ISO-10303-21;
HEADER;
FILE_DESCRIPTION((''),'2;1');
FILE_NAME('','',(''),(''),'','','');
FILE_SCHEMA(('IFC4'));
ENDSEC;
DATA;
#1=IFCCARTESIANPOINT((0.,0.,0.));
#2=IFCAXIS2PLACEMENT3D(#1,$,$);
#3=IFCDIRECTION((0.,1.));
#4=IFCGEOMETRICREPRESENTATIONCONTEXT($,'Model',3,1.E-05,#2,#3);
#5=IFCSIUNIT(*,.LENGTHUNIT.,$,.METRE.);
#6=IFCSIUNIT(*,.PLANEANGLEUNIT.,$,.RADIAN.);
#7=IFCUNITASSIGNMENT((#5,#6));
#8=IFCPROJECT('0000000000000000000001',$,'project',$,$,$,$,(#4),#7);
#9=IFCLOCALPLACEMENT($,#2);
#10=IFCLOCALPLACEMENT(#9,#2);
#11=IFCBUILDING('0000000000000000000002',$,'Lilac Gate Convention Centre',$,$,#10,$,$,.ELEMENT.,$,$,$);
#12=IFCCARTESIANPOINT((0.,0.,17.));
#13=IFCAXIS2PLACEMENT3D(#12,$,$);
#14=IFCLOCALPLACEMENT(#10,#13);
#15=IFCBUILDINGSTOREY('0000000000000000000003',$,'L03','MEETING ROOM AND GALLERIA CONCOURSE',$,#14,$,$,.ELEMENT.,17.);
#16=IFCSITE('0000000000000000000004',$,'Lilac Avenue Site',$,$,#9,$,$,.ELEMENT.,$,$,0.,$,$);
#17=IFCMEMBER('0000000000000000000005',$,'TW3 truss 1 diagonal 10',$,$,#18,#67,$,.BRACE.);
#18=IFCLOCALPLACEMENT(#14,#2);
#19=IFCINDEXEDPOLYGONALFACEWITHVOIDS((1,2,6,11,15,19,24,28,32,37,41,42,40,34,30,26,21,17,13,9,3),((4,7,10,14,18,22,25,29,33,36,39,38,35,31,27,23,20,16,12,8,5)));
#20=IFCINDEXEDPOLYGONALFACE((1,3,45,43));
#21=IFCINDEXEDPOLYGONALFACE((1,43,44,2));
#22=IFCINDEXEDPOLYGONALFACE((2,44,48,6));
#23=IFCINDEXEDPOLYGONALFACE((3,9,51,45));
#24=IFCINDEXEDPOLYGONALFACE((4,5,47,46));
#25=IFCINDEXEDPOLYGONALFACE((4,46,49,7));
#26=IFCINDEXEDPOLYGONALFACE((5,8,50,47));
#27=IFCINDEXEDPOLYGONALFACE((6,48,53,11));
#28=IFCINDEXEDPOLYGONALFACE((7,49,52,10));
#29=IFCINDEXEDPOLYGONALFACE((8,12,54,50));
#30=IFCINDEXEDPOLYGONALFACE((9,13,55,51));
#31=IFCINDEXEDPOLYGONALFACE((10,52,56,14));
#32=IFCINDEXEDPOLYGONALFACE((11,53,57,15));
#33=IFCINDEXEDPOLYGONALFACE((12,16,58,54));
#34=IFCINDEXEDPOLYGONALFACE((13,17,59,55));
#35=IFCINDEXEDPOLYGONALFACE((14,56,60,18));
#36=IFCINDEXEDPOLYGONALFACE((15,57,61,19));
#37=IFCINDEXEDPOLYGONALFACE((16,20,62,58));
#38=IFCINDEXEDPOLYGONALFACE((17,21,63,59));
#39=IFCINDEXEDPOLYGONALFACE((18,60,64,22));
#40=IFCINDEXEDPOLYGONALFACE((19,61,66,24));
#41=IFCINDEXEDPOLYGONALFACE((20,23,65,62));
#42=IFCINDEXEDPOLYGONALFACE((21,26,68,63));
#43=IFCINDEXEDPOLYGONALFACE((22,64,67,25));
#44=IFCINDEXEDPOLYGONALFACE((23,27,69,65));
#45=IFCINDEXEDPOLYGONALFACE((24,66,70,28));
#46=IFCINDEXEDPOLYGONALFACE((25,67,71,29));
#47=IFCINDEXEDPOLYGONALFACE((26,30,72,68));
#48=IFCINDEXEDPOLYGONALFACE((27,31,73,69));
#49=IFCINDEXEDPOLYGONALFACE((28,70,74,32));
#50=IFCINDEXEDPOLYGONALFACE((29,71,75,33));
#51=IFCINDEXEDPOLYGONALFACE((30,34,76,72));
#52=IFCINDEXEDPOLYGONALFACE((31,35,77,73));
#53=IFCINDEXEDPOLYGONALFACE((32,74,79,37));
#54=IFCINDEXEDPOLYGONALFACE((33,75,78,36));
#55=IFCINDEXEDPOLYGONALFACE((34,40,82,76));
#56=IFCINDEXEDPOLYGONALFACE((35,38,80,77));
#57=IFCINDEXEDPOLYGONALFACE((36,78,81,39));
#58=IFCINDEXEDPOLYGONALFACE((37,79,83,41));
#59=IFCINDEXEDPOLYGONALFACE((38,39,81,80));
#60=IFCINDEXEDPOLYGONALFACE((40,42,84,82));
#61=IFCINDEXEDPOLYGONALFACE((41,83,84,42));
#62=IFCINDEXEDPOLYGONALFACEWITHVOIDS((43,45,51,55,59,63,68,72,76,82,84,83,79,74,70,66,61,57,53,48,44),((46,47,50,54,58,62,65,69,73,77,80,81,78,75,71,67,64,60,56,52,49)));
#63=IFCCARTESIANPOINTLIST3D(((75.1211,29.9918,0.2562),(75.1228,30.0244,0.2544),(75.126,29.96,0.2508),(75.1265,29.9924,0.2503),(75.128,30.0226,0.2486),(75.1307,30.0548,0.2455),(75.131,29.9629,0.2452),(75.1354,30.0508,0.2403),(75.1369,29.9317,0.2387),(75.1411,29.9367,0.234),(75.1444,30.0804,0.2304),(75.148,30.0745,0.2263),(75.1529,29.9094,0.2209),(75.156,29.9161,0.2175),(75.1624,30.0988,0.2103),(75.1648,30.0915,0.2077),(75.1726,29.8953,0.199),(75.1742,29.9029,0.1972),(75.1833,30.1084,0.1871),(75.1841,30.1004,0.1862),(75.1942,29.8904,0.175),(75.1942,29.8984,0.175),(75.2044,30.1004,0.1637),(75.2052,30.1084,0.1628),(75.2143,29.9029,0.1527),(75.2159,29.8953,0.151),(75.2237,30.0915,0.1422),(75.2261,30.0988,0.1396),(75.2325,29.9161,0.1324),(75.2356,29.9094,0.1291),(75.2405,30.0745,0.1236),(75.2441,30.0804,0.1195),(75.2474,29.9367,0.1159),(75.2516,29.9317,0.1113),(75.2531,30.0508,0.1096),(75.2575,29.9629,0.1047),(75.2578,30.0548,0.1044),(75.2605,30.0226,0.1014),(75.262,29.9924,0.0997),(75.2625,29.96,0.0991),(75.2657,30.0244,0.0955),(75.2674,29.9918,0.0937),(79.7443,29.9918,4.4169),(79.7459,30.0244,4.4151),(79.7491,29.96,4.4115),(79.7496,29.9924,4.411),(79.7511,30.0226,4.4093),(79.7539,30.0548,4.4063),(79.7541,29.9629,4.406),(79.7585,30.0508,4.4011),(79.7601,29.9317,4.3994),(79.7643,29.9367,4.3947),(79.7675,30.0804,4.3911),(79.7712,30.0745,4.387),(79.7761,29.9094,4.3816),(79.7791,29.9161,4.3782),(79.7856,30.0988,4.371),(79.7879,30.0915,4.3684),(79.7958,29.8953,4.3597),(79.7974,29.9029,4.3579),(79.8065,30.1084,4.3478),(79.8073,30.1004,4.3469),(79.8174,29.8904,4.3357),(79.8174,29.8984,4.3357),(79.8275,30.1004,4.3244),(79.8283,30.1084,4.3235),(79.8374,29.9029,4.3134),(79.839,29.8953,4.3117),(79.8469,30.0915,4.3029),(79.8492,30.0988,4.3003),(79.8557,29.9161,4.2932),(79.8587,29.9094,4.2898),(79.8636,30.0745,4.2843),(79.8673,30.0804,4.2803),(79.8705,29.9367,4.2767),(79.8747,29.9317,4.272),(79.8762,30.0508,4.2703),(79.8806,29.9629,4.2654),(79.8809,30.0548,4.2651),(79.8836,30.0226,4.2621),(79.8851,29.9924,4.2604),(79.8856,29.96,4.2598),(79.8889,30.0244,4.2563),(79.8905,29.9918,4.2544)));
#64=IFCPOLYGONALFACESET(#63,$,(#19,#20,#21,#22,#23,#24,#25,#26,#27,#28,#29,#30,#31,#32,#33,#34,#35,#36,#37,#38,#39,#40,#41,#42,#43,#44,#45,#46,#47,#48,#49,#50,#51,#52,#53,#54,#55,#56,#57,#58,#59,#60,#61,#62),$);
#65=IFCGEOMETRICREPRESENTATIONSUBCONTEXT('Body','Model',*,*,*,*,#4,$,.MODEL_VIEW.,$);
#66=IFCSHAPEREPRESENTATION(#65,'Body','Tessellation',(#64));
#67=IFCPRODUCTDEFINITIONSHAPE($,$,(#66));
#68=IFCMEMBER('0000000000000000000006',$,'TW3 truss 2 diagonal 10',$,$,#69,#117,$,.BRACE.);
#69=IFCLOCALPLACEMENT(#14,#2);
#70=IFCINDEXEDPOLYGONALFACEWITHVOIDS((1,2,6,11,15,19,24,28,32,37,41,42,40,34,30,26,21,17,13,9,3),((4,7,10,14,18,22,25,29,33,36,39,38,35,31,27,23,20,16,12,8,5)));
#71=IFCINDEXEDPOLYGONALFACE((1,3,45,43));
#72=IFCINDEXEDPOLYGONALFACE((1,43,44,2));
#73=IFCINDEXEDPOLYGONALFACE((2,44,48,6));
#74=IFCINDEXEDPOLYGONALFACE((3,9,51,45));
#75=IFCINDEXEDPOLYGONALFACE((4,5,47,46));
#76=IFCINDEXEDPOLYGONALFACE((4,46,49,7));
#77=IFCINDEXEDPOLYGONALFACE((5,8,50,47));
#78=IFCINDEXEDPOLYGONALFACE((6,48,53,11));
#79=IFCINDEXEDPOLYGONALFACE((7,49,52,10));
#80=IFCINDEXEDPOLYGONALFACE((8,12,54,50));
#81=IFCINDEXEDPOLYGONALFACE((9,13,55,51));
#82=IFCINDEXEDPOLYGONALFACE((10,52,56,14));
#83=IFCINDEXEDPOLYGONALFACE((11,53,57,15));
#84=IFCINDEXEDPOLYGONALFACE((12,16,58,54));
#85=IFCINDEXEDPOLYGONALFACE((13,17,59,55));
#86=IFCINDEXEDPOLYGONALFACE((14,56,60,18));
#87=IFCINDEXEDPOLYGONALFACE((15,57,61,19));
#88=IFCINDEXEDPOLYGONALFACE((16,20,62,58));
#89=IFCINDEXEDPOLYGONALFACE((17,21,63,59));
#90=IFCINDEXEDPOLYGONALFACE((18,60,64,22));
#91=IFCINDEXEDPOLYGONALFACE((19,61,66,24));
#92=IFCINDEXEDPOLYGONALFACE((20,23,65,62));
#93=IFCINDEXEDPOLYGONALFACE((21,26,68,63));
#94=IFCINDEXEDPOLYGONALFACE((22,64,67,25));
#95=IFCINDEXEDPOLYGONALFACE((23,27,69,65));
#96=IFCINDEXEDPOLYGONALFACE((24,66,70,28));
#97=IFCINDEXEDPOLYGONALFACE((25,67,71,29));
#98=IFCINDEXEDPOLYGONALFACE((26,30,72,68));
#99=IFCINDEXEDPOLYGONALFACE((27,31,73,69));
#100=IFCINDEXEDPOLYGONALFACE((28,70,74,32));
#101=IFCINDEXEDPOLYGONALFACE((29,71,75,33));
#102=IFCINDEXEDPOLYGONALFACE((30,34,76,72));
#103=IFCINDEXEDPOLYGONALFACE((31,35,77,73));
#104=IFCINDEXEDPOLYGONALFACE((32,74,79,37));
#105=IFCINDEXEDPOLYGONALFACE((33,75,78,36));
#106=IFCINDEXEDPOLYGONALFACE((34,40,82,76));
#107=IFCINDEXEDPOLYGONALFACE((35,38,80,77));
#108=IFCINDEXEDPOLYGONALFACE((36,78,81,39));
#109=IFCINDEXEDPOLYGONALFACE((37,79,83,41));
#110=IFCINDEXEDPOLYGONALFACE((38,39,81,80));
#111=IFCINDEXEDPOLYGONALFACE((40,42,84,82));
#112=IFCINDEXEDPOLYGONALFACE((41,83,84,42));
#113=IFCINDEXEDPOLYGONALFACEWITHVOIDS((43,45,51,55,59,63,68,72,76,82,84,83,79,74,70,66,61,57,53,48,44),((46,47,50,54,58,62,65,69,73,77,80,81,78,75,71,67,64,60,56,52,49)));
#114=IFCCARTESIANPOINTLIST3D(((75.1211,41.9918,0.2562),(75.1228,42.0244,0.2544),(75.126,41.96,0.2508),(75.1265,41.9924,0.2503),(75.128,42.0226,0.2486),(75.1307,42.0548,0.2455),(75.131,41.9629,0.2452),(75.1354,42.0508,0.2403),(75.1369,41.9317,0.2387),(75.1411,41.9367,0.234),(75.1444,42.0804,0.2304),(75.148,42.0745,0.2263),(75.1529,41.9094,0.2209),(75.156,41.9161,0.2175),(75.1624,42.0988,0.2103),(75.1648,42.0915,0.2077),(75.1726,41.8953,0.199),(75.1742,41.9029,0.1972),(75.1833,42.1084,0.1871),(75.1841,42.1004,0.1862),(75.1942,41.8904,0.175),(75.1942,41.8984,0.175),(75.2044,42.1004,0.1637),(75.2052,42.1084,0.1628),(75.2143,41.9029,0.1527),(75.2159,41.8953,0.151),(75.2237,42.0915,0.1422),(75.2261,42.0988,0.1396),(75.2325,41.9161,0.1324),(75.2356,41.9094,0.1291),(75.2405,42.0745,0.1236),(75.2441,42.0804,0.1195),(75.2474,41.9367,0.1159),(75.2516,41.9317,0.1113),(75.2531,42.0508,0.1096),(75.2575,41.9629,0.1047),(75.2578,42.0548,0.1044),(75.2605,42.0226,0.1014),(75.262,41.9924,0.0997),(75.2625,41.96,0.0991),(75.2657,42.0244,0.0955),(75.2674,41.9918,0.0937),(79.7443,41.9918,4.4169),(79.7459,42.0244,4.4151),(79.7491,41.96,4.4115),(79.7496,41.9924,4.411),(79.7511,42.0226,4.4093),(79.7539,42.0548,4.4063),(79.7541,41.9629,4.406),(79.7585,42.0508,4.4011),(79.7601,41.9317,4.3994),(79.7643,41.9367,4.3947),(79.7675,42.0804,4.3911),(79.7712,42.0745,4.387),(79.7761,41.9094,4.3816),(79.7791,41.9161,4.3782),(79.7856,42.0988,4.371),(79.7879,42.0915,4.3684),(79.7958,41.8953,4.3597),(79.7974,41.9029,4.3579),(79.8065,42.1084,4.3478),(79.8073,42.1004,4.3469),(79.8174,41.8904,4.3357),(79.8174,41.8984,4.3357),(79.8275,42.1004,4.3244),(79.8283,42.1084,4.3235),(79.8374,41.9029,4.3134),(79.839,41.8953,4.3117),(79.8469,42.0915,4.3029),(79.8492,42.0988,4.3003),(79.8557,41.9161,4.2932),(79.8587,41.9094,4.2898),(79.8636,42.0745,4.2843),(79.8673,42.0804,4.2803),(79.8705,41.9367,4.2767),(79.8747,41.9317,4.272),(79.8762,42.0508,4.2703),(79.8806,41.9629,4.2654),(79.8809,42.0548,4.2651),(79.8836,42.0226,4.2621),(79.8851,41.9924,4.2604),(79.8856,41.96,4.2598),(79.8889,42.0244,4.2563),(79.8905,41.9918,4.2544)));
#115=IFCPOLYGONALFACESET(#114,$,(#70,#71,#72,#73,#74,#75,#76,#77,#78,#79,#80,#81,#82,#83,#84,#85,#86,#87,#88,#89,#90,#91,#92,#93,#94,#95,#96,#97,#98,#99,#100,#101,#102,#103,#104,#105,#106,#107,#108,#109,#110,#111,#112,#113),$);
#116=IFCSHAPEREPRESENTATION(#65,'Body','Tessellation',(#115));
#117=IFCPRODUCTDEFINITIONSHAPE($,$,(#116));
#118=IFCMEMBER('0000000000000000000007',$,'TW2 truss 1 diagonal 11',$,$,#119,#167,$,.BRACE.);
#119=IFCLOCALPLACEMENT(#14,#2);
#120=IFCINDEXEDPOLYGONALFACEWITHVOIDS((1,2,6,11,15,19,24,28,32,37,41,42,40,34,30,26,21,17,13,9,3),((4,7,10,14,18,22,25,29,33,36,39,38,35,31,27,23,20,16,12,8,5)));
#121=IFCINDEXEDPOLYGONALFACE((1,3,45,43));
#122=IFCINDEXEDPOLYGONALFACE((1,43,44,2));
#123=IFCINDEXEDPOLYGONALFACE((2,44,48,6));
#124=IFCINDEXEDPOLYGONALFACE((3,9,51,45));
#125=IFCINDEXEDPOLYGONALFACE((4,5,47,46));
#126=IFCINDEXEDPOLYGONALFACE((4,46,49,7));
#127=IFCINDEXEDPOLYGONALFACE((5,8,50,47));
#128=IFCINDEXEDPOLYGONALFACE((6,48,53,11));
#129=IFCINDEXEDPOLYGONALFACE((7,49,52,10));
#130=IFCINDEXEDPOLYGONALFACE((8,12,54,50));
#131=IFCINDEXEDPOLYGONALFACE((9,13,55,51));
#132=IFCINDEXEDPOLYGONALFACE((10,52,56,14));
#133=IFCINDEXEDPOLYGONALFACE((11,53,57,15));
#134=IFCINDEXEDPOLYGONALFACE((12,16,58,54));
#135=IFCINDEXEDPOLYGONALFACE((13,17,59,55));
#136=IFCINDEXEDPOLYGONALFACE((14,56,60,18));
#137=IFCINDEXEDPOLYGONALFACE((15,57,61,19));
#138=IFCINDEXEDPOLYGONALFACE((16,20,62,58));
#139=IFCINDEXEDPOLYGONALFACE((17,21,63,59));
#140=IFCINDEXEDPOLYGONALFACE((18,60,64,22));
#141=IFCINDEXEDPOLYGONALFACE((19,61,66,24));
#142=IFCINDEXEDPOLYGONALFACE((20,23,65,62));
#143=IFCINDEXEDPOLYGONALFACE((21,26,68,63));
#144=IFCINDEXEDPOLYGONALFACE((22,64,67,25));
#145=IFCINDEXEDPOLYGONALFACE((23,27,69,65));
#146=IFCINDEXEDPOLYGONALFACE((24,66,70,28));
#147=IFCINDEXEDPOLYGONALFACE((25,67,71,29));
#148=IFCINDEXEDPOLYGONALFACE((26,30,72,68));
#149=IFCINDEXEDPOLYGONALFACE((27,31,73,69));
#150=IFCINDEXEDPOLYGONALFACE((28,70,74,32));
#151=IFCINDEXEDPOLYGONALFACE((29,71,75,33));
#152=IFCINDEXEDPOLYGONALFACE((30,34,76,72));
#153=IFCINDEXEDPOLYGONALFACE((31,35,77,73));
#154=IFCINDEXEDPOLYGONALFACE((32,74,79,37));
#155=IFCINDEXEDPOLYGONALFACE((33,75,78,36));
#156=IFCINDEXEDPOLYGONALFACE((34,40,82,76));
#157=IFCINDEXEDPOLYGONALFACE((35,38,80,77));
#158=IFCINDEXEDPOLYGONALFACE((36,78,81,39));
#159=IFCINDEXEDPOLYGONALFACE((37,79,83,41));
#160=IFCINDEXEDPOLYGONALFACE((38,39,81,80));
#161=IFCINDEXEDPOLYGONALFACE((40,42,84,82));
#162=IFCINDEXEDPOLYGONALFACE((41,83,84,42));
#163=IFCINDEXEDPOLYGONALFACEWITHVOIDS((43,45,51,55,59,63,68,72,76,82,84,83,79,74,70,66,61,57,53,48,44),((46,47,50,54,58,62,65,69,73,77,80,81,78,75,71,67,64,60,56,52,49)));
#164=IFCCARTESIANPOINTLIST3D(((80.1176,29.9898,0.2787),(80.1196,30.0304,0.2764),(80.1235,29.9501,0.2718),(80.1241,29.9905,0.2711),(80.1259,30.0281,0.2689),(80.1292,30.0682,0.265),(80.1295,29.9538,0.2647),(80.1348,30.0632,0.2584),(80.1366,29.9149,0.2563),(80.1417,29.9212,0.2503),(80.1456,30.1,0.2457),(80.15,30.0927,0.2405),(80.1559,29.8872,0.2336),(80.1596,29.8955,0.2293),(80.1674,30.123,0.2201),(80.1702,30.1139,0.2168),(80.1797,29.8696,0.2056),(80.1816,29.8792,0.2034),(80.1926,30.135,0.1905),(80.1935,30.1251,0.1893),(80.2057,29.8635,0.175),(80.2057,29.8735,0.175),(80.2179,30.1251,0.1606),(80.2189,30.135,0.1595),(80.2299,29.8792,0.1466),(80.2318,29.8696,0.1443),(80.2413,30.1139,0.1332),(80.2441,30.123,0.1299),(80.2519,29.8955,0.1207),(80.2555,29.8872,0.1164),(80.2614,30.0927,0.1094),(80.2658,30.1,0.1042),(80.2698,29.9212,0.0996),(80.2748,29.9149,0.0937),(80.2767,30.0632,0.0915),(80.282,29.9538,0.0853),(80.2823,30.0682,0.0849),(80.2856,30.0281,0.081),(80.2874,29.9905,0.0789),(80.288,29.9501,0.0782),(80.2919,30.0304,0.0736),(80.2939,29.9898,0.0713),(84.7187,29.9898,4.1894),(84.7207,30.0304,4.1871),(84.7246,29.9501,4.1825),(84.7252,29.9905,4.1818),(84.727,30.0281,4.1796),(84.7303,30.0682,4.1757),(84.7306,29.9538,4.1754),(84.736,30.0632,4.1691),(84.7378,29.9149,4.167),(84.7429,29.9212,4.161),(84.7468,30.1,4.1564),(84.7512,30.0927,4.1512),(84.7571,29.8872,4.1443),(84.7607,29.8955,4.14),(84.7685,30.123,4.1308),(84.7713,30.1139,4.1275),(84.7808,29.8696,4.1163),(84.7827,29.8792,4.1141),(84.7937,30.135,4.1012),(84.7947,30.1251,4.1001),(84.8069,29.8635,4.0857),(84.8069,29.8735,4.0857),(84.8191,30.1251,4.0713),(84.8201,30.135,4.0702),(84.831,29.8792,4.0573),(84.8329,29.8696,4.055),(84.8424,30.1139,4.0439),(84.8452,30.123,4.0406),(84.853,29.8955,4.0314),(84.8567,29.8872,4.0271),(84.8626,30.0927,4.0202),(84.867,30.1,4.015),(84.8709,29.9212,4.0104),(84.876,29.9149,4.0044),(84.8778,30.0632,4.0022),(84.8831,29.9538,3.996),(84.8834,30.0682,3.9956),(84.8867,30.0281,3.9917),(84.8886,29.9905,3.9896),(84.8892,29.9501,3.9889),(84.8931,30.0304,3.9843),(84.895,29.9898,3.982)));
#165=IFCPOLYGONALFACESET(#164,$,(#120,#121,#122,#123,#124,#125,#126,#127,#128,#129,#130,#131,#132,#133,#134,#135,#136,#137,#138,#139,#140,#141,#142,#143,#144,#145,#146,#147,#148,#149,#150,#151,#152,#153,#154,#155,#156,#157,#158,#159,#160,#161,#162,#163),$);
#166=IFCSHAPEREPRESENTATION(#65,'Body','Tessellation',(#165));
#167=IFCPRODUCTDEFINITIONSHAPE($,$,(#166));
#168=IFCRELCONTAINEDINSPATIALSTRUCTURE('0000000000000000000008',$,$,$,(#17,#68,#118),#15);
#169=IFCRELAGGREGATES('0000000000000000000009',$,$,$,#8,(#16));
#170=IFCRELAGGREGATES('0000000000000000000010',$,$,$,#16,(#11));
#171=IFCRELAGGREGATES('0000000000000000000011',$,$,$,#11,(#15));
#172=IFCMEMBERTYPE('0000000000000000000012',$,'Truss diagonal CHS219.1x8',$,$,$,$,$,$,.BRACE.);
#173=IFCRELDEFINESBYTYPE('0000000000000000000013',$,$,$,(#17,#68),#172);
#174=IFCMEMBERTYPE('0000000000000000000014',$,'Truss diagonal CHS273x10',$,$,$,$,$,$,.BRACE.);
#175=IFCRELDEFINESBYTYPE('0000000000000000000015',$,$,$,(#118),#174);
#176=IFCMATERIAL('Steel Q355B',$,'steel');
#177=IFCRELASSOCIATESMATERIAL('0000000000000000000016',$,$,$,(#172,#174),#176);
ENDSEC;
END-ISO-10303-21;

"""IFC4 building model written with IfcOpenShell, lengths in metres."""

from ifc_helpers import new_model, si_unit, direction, frame, origin, origin_2d, place, context, subcontext, project, spatial, hollow_circle, extrude, material, material_profile, profile_set, type_object, element, save


model = new_model("IFC4")

# Units and contexts
model_context = context("Model", 3, precision=1e-05, world=origin(), true_north=direction((0.0, 1.0)))
body_context = subcontext(model_context, "Body", "Model", "MODEL_VIEW")
ifc_project = project(units=[si_unit("LENGTHUNIT", "METRE"), si_unit("PLANEANGLEUNIT", "RADIAN")], contexts=[model_context])

# Site, building, storey
site_placement = place(None, origin())
site = spatial("IfcSite", under=ifc_project, at=site_placement, Name="Lilac Avenue Site", CompositionType="ELEMENT", RefElevation=0.0)
building_placement = place(site_placement, origin())
building = spatial("IfcBuilding", under=site, at=building_placement, Name="Lilac Gate Convention Centre", CompositionType="ELEMENT")
storey_placement = place(building_placement, frame((0.0, 0.0, 17.0)))
storey = spatial("IfcBuildingStorey", under=building, at=storey_placement, Name="L03", Description="MEETING ROOM AND GALLERIA CONCOURSE", CompositionType="ELEMENT", Elevation=17.0)

# Members
ifc_material = material(Name="Steel Q355B", Category="steel")
ifc_material_profile_1 = material_profile(ifc_material, hollow_circle(Radius=0.1096, WallThickness=0.0081, at=origin_2d()), Name="CHS219.1x8")
ifc_profile_set_1 = profile_set([ifc_material_profile_1], Name="Steel Q355B")
member_type_1 = type_object("IfcMemberType", Name="Truss diagonal CHS219.1x8", PredefinedType="BRACE", material=ifc_profile_set_1)
for number, where, z_axis, x_axis, name in (
    (1, (79.8174, 30.0, 4.3357), (-0.743302, 0.0, -0.668956), (0.0, -1.0, 0.0), "TW3 truss 1 diagonal 10"),
    (2, (79.8174, 42.0, 4.3357), (-0.743302, 0.0, -0.668956), (0.0, -1.0, 0.0), "TW3 truss 2 diagonal 10"),
):
    element("IfcMember", number, at=place(storey_placement, frame(where, z_axis=z_axis, x_axis=x_axis)), inside=storey, type_object=member_type_1, Name=name, PredefinedType="BRACE", context=body_context, shape_type="SweptSolid", body=[
        extrude(hollow_circle(Radius=0.1096, WallThickness=0.0081, at=origin_2d()), origin(), (0.0, 0.0, 1.0), 6.2197),
    ])
ifc_material_profile_2 = material_profile(ifc_material, hollow_circle(Radius=0.1365, WallThickness=0.01, at=origin_2d()), Name="CHS273x10")
ifc_profile_set_2 = profile_set([ifc_material_profile_2], Name="Steel Q355B")
member_type_2 = type_object("IfcMemberType", Name="Truss diagonal CHS273x10", PredefinedType="BRACE", material=ifc_profile_set_2)
for number, where, z_axis, x_axis, name in (
    (3, (84.8069, 30.0, 4.0857), (-0.761961, 0.0, -0.647623), (0.0, -1.0, 0.0), "TW2 truss 1 diagonal 11"),
):
    element("IfcMember", number, at=place(storey_placement, frame(where, z_axis=z_axis, x_axis=x_axis)), inside=storey, type_object=member_type_2, Name=name, PredefinedType="BRACE", context=body_context, shape_type="SweptSolid", body=[
        extrude(hollow_circle(Radius=0.1365, WallThickness=0.01, at=origin_2d()), origin(), (0.0, 0.0, 1.0), 6.0386),
    ])

save(model, "model.ifc")
